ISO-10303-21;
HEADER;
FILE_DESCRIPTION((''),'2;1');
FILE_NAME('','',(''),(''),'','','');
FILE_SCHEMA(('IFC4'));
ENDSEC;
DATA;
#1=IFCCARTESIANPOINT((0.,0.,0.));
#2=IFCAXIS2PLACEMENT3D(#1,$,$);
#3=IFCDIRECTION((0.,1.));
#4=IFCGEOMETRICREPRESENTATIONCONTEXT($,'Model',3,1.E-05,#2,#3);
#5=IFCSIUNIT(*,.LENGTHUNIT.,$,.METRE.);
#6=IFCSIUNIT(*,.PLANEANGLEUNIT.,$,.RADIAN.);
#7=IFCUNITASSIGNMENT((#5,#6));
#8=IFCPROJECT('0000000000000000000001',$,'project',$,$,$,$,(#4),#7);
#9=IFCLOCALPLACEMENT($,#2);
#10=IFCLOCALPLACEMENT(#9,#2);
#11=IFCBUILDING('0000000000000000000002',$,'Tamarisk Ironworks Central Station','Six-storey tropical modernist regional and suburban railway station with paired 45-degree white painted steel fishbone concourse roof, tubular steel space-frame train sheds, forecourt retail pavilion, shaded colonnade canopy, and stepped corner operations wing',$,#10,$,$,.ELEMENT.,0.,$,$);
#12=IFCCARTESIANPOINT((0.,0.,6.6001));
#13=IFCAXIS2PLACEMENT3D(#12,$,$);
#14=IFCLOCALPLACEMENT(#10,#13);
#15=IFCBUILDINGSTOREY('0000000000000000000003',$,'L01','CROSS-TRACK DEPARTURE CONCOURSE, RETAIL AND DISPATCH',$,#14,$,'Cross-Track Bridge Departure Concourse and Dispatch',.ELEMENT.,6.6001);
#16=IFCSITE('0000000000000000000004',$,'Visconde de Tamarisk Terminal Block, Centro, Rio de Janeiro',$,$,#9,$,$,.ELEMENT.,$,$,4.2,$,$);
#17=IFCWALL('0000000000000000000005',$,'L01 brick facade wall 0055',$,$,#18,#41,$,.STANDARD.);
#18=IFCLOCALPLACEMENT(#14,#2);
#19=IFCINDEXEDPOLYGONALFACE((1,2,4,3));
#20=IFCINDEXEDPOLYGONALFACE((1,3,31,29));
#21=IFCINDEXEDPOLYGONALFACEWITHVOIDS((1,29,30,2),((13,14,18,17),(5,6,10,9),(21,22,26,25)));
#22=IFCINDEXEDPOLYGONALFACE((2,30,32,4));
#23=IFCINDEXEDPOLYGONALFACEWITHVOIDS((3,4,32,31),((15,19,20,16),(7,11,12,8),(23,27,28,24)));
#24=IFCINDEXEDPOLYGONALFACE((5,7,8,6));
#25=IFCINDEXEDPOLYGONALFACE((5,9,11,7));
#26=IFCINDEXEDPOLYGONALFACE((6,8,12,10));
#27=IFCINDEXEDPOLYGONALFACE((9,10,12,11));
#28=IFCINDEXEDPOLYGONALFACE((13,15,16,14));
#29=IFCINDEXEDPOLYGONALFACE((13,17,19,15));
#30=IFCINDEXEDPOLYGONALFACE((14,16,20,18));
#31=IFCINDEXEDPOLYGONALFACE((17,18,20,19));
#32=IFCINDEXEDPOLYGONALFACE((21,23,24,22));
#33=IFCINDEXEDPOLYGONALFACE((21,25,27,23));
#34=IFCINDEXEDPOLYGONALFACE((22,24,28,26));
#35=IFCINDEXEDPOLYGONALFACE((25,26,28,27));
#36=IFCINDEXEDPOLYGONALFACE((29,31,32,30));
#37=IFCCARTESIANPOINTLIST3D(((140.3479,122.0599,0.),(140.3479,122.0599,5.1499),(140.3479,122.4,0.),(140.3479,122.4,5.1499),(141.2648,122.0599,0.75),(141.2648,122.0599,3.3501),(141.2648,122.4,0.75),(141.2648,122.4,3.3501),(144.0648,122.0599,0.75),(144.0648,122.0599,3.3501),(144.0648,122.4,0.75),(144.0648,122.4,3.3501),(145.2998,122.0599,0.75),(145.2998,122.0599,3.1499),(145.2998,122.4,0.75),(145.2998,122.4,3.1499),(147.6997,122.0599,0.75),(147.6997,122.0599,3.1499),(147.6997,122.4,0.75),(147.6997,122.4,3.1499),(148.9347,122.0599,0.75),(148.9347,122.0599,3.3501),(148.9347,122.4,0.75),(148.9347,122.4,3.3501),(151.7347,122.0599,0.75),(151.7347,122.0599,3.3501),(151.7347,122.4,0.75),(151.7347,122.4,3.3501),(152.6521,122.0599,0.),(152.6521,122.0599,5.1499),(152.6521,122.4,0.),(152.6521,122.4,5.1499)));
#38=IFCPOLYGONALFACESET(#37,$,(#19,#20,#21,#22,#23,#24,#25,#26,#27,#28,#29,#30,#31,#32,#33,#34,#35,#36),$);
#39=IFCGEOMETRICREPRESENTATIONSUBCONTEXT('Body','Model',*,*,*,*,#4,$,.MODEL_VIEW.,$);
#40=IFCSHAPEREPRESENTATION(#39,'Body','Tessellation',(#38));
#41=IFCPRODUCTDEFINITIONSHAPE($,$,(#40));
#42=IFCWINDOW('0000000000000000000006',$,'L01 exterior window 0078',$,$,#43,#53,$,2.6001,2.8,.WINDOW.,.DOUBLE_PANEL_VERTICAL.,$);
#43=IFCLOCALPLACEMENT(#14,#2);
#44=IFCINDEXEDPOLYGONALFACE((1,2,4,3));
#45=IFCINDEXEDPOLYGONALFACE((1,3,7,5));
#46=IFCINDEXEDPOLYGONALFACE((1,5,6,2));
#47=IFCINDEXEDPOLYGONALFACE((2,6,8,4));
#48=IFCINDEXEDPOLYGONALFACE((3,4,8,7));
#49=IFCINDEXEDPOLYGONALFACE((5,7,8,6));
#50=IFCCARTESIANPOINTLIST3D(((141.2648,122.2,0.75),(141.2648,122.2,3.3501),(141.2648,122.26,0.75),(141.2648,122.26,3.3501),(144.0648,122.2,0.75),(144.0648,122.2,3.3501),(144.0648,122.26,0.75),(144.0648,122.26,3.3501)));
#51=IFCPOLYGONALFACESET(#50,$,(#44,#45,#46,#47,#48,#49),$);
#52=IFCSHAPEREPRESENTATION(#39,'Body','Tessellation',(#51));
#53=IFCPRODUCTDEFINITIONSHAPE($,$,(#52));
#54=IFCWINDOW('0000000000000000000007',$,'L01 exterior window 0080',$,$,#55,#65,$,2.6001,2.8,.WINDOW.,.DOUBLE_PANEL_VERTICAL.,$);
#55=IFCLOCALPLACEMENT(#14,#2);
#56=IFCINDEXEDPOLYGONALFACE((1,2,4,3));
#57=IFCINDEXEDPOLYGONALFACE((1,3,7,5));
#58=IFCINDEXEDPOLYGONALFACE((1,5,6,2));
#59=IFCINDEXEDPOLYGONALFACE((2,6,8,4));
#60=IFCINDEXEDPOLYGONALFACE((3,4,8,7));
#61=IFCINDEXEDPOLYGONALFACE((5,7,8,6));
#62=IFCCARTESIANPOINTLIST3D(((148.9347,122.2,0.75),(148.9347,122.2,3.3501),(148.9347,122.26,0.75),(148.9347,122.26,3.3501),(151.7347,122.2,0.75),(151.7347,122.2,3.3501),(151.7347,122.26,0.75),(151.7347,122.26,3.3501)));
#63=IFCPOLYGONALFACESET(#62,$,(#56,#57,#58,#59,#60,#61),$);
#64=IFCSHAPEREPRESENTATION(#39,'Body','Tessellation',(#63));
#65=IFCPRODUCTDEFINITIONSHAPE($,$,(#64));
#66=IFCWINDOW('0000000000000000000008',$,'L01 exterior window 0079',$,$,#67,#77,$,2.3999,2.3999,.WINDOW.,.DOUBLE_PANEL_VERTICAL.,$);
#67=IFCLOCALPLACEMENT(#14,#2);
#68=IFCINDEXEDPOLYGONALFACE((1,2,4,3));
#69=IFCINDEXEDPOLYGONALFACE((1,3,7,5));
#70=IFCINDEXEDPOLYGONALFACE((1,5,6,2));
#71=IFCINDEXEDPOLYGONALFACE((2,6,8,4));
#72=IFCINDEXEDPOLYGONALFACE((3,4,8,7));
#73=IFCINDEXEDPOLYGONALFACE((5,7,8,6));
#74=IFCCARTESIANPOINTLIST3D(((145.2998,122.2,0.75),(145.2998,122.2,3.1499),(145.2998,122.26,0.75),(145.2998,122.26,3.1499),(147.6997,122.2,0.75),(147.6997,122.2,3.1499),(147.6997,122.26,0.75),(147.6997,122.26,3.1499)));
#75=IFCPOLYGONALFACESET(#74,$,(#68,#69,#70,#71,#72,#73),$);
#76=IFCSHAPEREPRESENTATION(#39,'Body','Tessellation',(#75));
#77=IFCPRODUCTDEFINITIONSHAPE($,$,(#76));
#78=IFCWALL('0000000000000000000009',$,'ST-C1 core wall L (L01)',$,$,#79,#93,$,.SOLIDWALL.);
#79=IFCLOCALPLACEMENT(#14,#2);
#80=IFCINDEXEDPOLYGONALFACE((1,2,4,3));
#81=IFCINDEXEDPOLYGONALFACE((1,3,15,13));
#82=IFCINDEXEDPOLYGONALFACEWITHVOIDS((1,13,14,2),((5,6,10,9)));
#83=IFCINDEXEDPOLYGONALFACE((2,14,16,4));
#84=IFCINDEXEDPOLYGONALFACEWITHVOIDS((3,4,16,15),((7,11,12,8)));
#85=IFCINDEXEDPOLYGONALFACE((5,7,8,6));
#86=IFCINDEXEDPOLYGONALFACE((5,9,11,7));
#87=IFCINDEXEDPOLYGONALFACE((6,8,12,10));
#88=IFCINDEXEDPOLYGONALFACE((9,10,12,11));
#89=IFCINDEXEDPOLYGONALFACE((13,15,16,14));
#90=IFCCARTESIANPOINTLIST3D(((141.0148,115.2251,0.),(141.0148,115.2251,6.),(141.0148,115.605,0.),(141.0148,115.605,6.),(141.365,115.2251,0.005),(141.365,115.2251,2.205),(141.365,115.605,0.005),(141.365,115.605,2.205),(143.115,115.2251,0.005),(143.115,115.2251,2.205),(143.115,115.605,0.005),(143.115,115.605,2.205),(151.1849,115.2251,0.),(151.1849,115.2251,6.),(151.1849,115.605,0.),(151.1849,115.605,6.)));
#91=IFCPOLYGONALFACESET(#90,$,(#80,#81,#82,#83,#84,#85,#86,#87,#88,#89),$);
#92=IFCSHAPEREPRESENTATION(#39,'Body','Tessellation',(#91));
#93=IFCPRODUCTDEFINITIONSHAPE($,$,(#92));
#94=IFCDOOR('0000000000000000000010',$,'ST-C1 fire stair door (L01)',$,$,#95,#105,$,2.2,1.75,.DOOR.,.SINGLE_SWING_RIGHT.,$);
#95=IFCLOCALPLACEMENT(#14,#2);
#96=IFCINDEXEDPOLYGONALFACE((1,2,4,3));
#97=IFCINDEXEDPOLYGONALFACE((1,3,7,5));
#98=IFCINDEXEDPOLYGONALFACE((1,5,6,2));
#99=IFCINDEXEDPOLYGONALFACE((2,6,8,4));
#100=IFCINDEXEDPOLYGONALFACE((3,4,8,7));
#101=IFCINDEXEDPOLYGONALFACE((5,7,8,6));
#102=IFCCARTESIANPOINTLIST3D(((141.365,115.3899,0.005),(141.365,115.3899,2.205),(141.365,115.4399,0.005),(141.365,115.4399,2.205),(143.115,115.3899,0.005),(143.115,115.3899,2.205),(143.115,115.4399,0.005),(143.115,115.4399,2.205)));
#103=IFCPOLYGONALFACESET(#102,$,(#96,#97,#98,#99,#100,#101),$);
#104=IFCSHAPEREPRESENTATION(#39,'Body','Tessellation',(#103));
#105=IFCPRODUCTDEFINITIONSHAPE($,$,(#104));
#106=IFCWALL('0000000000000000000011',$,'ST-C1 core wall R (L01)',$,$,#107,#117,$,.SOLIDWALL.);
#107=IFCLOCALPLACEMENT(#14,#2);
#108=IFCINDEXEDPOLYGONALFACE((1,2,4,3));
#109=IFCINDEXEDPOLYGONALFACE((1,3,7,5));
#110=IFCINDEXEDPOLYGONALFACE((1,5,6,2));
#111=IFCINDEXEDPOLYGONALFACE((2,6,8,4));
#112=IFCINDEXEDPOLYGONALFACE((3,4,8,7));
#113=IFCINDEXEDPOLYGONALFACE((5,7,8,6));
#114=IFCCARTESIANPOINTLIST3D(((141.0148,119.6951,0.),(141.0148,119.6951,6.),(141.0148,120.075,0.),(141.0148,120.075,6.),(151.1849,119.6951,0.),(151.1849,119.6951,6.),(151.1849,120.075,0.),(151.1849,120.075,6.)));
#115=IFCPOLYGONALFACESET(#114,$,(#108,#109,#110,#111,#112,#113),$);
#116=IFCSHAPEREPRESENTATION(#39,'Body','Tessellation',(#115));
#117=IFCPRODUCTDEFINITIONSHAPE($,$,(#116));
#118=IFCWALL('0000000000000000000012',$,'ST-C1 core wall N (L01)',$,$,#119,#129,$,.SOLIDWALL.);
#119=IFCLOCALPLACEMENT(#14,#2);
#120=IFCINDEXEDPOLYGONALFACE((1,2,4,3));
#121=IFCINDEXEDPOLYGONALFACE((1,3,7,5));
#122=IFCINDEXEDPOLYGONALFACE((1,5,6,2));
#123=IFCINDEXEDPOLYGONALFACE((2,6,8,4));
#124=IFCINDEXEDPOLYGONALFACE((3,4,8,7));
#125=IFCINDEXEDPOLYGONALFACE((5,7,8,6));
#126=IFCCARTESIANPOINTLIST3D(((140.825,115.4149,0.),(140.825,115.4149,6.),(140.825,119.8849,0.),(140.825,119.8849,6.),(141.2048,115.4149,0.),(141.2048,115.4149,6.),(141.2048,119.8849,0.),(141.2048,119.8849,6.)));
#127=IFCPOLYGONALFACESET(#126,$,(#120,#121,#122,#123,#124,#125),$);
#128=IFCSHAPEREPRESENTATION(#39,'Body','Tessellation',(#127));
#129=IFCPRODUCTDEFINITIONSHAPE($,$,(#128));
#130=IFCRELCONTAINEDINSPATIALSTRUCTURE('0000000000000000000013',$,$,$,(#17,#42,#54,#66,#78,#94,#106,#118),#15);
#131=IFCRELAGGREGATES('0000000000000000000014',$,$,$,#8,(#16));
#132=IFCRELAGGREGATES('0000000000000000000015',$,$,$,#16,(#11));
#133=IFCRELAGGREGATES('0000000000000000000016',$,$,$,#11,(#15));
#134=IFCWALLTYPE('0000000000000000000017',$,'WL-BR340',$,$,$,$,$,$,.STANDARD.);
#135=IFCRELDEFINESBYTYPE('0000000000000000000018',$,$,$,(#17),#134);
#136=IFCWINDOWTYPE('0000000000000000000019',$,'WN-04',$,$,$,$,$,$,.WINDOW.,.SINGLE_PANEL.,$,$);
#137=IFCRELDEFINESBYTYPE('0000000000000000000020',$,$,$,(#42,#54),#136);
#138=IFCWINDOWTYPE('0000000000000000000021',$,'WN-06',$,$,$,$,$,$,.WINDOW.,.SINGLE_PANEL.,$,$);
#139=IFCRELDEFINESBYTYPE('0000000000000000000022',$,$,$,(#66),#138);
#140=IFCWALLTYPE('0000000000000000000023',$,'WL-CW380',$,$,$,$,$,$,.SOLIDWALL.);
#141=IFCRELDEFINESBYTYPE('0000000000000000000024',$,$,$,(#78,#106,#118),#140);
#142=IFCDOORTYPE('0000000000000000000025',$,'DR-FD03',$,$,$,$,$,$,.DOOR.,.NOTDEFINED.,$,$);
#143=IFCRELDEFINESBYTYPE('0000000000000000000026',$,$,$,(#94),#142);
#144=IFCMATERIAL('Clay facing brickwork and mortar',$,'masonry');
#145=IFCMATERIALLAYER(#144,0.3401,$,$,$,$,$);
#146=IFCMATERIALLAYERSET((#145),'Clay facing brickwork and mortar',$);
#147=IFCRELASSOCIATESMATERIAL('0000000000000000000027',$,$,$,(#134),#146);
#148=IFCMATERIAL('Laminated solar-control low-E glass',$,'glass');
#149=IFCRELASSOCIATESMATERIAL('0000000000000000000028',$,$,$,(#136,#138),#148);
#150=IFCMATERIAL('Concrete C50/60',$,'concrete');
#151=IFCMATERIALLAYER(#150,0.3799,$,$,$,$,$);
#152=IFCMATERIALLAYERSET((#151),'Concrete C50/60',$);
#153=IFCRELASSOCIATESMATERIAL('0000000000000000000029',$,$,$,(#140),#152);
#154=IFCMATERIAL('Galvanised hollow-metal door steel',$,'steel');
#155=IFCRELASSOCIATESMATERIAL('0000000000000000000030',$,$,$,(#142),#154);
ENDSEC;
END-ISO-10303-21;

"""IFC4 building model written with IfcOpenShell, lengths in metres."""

from ifc_helpers import new_model, si_unit, direction, frame, frame_2d, origin, place, context, subcontext, project, spatial, rectangle, extrude, material, layer, layer_set, type_object, element, fill, save


model = new_model("IFC4")

# Units and contexts
model_context = context("Model", 3, precision=1e-05, world=origin(), true_north=direction((0.0, 1.0)))
body_context = subcontext(model_context, "Body", "Model", "MODEL_VIEW")
ifc_project = project(units=[si_unit("LENGTHUNIT", "METRE"), si_unit("PLANEANGLEUNIT", "RADIAN")], contexts=[model_context])

# Site, building, storey
site_placement = place(None, origin())
site = spatial("IfcSite", under=ifc_project, at=site_placement, Name="Visconde de Tamarisk Terminal Block, Centro, Rio de Janeiro", CompositionType="ELEMENT", RefElevation=4.2)
building_placement = place(site_placement, origin())
building = spatial("IfcBuilding", under=site, at=building_placement, Name="Tamarisk Ironworks Central Station", Description="Six-storey tropical modernist regional and suburban railway station with paired 45-degree white painted steel fishbone concourse roof, tubular steel space-frame train sheds, forecourt retail pavilion, shaded colonnade canopy, and stepped corner operations wing", CompositionType="ELEMENT", ElevationOfRefHeight=0.0)
storey_placement = place(building_placement, frame((0.0, 0.0, 6.6001)))
storey = spatial("IfcBuildingStorey", under=building, at=storey_placement, Name="L01", Description="CROSS-TRACK DEPARTURE CONCOURSE, RETAIL AND DISPATCH", LongName="Cross-Track Bridge Departure Concourse and Dispatch", CompositionType="ELEMENT", Elevation=6.6001)

# Shared definitions
ifc_material_1 = material(Name="Concrete C50/60", Category="concrete")

# Wall, openings, windows
ifc_material_2 = material(Name="Clay facing brickwork and mortar", Category="masonry")
ifc_layer_1 = layer(ifc_material_2, 0.3401)
ifc_layer_set_1 = layer_set([ifc_layer_1], Name="Clay facing brickwork and mortar")
wall_type_1 = type_object("IfcWallType", Name="WL-BR340", PredefinedType="STANDARD", material=ifc_layer_set_1)
wall_1_placement = place(storey_placement, frame((140.3479, 122.23, 0.0), z_axis=(0.0, 0.0, 1.0), x_axis=(1.0, 0.0, 0.0)))
wall_1 = element("IfcWall", 1, at=wall_1_placement, inside=storey, type_object=wall_type_1, Name="L01 brick facade wall 0055", PredefinedType="STANDARD", context=body_context, shape_type="SweptSolid", body=[
    extrude(rectangle(XDim=12.3042, YDim=0.3401, at=frame_2d((6.1521, 0.0))), origin(), (0.0, 0.0, 1.0), 5.1499),
])
opening_1_placement = place(wall_1_placement, frame((0.917, 0.0, 0.75)))
opening_1 = element("IfcOpeningElement", 2, at=opening_1_placement, cuts=wall_1, PredefinedType="OPENING", context=body_context, shape_type="SweptSolid", body=[
    extrude(rectangle(XDim=2.8, YDim=2.6001, at=frame_2d((1.3999, 1.3))), frame((0.0, 0.1821, 0.0), z_axis=(0.0, -1.0, 0.0), x_axis=(1.0, 0.0, 0.0)), (0.0, 0.0, 1.0), 0.364),
])
opening_2_placement = place(wall_1_placement, frame((4.9519, 0.0, 0.75)))
opening_2 = element("IfcOpeningElement", 3, at=opening_2_placement, cuts=wall_1, PredefinedType="OPENING", context=body_context, shape_type="SweptSolid", body=[
    extrude(rectangle(XDim=2.3999, YDim=2.3999, at=frame_2d((1.2, 1.2))), frame((0.0, 0.1821, 0.0), z_axis=(0.0, -1.0, 0.0), x_axis=(1.0, 0.0, 0.0)), (0.0, 0.0, 1.0), 0.364),
])
opening_3_placement = place(wall_1_placement, frame((8.5869, 0.0, 0.75)))
opening_3 = element("IfcOpeningElement", 4, at=opening_3_placement, cuts=wall_1, PredefinedType="OPENING", context=body_context, shape_type="SweptSolid", body=[
    extrude(rectangle(XDim=2.8, YDim=2.6001, at=frame_2d((1.3999, 1.3))), frame((0.0, 0.1821, 0.0), z_axis=(0.0, -1.0, 0.0), x_axis=(1.0, 0.0, 0.0)), (0.0, 0.0, 1.0), 0.364),
])
ifc_material_3 = material(Name="Laminated solar-control low-E glass", Category="glass")
window_type_1 = type_object("IfcWindowType", Name="WN-04", PartitioningType="SINGLE_PANEL", PredefinedType="WINDOW", material=ifc_material_3)
window_1_placement = place(opening_1_placement, origin())
window_1 = element("IfcWindow", 5, at=window_1_placement, inside=storey, type_object=window_type_1, Name="L01 exterior window 0078", OverallHeight=2.6001, OverallWidth=2.8, PartitioningType="DOUBLE_PANEL_VERTICAL", PredefinedType="WINDOW", context=body_context, shape_type="SweptSolid", body=[
    extrude(rectangle(XDim=2.8, YDim=2.6001, at=frame_2d((1.3999, 1.3))), frame((0.0, 0.03, 0.0), z_axis=(0.0, -1.0, 0.0), x_axis=(1.0, 0.0, 0.0)), (0.0, 0.0, 1.0), 0.0601),
])
fill(opening_1, window_1)
window_2_placement = place(opening_3_placement, origin())
window_2 = element("IfcWindow", 6, at=window_2_placement, inside=storey, type_object=window_type_1, Name="L01 exterior window 0080", OverallHeight=2.6001, OverallWidth=2.8, PartitioningType="DOUBLE_PANEL_VERTICAL", PredefinedType="WINDOW", context=body_context, shape_type="SweptSolid", body=[
    extrude(rectangle(XDim=2.8, YDim=2.6001, at=frame_2d((1.3999, 1.3))), frame((0.0, 0.03, 0.0), z_axis=(0.0, -1.0, 0.0), x_axis=(1.0, 0.0, 0.0)), (0.0, 0.0, 1.0), 0.0601),
])
fill(opening_3, window_2)
window_type_2 = type_object("IfcWindowType", Name="WN-06", PartitioningType="SINGLE_PANEL", PredefinedType="WINDOW", material=ifc_material_3)
window_3_placement = place(opening_2_placement, origin())
window_3 = element("IfcWindow", 7, at=window_3_placement, inside=storey, type_object=window_type_2, Name="L01 exterior window 0079", OverallHeight=2.3999, OverallWidth=2.3999, PartitioningType="DOUBLE_PANEL_VERTICAL", PredefinedType="WINDOW", context=body_context, shape_type="SweptSolid", body=[
    extrude(rectangle(XDim=2.3999, YDim=2.3999, at=frame_2d((1.2, 1.2))), frame((0.0, 0.03, 0.0), z_axis=(0.0, -1.0, 0.0), x_axis=(1.0, 0.0, 0.0)), (0.0, 0.0, 1.0), 0.0601),
])
fill(opening_2, window_3)

# Wall, opening, door
ifc_layer_2 = layer(ifc_material_1, 0.3799)
ifc_layer_set_2 = layer_set([ifc_layer_2], Name="Concrete C50/60")
wall_type_2 = type_object("IfcWallType", Name="WL-CW380", PredefinedType="SOLIDWALL", material=ifc_layer_set_2)
wall_2_placement = place(storey_placement, frame((141.0149, 115.415, 0.0), z_axis=(0.0, 0.0, 1.0), x_axis=(1.0, 0.0, 0.0)))
wall_2 = element("IfcWall", 8, at=wall_2_placement, inside=storey, type_object=wall_type_2, Name="ST-C1 core wall L (L01)", PredefinedType="SOLIDWALL", context=body_context, shape_type="SweptSolid", body=[
    extrude(rectangle(XDim=10.1702, YDim=0.3799, at=frame_2d((5.085, 0.0))), origin(), (0.0, 0.0, 1.0), 6.0),
])
opening_4_placement = place(wall_2_placement, frame((0.3501, 0.0, 0.0049)))
opening_4 = element("IfcOpeningElement", 9, at=opening_4_placement, cuts=wall_2, PredefinedType="OPENING", context=body_context, shape_type="SweptSolid", body=[
    extrude(rectangle(XDim=1.75, YDim=2.2, at=frame_2d((0.875, 1.1001))), frame((0.0, 0.2019, 0.0), z_axis=(0.0, -1.0, 0.0), x_axis=(1.0, 0.0, 0.0)), (0.0, 0.0, 1.0), 0.4038),
])
ifc_material_4 = material(Name="Galvanised hollow-metal door steel", Category="steel")
door_type = type_object("IfcDoorType", Name="DR-FD03", OperationType="NOTDEFINED", PredefinedType="DOOR", material=ifc_material_4)
door_placement = place(opening_4_placement, origin())
door = element("IfcDoor", 10, at=door_placement, inside=storey, type_object=door_type, Name="ST-C1 fire stair door (L01)", OperationType="SINGLE_SWING_RIGHT", OverallHeight=2.2, OverallWidth=1.75, PredefinedType="DOOR", context=body_context, shape_type="SweptSolid", body=[
    extrude(rectangle(XDim=1.75, YDim=2.2, at=frame_2d((0.875, 1.1001))), frame((0.0, 0.0249, 0.0), z_axis=(0.0, -1.0, 0.0), x_axis=(1.0, 0.0, 0.0)), (0.0, 0.0, 1.0), 0.05),
])
fill(opening_4, door)

# Walls
wall_3_placement = place(storey_placement, frame((141.0149, 119.885, 0.0), z_axis=(0.0, 0.0, 1.0), x_axis=(1.0, 0.0, 0.0)))
element("IfcWall", 11, at=wall_3_placement, inside=storey, type_object=wall_type_2, Name="ST-C1 core wall R (L01)", PredefinedType="SOLIDWALL", context=body_context, shape_type="SweptSolid", body=[
    extrude(rectangle(XDim=10.1702, YDim=0.3799, at=frame_2d((5.085, 0.0))), origin(), (0.0, 0.0, 1.0), 6.0),
])
wall_4_placement = place(storey_placement, frame((141.0149, 115.415, 0.0), z_axis=(0.0, 0.0, 1.0), x_axis=(0.0, 1.0, 0.0)))
element("IfcWall", 12, at=wall_4_placement, inside=storey, type_object=wall_type_2, Name="ST-C1 core wall N (L01)", PredefinedType="SOLIDWALL", context=body_context, shape_type="SweptSolid", body=[
    extrude(rectangle(XDim=4.47, YDim=0.3799, at=frame_2d((2.2349, 0.0))), origin(), (0.0, 0.0, 1.0), 6.0),
])

save(model, "model.ifc")
